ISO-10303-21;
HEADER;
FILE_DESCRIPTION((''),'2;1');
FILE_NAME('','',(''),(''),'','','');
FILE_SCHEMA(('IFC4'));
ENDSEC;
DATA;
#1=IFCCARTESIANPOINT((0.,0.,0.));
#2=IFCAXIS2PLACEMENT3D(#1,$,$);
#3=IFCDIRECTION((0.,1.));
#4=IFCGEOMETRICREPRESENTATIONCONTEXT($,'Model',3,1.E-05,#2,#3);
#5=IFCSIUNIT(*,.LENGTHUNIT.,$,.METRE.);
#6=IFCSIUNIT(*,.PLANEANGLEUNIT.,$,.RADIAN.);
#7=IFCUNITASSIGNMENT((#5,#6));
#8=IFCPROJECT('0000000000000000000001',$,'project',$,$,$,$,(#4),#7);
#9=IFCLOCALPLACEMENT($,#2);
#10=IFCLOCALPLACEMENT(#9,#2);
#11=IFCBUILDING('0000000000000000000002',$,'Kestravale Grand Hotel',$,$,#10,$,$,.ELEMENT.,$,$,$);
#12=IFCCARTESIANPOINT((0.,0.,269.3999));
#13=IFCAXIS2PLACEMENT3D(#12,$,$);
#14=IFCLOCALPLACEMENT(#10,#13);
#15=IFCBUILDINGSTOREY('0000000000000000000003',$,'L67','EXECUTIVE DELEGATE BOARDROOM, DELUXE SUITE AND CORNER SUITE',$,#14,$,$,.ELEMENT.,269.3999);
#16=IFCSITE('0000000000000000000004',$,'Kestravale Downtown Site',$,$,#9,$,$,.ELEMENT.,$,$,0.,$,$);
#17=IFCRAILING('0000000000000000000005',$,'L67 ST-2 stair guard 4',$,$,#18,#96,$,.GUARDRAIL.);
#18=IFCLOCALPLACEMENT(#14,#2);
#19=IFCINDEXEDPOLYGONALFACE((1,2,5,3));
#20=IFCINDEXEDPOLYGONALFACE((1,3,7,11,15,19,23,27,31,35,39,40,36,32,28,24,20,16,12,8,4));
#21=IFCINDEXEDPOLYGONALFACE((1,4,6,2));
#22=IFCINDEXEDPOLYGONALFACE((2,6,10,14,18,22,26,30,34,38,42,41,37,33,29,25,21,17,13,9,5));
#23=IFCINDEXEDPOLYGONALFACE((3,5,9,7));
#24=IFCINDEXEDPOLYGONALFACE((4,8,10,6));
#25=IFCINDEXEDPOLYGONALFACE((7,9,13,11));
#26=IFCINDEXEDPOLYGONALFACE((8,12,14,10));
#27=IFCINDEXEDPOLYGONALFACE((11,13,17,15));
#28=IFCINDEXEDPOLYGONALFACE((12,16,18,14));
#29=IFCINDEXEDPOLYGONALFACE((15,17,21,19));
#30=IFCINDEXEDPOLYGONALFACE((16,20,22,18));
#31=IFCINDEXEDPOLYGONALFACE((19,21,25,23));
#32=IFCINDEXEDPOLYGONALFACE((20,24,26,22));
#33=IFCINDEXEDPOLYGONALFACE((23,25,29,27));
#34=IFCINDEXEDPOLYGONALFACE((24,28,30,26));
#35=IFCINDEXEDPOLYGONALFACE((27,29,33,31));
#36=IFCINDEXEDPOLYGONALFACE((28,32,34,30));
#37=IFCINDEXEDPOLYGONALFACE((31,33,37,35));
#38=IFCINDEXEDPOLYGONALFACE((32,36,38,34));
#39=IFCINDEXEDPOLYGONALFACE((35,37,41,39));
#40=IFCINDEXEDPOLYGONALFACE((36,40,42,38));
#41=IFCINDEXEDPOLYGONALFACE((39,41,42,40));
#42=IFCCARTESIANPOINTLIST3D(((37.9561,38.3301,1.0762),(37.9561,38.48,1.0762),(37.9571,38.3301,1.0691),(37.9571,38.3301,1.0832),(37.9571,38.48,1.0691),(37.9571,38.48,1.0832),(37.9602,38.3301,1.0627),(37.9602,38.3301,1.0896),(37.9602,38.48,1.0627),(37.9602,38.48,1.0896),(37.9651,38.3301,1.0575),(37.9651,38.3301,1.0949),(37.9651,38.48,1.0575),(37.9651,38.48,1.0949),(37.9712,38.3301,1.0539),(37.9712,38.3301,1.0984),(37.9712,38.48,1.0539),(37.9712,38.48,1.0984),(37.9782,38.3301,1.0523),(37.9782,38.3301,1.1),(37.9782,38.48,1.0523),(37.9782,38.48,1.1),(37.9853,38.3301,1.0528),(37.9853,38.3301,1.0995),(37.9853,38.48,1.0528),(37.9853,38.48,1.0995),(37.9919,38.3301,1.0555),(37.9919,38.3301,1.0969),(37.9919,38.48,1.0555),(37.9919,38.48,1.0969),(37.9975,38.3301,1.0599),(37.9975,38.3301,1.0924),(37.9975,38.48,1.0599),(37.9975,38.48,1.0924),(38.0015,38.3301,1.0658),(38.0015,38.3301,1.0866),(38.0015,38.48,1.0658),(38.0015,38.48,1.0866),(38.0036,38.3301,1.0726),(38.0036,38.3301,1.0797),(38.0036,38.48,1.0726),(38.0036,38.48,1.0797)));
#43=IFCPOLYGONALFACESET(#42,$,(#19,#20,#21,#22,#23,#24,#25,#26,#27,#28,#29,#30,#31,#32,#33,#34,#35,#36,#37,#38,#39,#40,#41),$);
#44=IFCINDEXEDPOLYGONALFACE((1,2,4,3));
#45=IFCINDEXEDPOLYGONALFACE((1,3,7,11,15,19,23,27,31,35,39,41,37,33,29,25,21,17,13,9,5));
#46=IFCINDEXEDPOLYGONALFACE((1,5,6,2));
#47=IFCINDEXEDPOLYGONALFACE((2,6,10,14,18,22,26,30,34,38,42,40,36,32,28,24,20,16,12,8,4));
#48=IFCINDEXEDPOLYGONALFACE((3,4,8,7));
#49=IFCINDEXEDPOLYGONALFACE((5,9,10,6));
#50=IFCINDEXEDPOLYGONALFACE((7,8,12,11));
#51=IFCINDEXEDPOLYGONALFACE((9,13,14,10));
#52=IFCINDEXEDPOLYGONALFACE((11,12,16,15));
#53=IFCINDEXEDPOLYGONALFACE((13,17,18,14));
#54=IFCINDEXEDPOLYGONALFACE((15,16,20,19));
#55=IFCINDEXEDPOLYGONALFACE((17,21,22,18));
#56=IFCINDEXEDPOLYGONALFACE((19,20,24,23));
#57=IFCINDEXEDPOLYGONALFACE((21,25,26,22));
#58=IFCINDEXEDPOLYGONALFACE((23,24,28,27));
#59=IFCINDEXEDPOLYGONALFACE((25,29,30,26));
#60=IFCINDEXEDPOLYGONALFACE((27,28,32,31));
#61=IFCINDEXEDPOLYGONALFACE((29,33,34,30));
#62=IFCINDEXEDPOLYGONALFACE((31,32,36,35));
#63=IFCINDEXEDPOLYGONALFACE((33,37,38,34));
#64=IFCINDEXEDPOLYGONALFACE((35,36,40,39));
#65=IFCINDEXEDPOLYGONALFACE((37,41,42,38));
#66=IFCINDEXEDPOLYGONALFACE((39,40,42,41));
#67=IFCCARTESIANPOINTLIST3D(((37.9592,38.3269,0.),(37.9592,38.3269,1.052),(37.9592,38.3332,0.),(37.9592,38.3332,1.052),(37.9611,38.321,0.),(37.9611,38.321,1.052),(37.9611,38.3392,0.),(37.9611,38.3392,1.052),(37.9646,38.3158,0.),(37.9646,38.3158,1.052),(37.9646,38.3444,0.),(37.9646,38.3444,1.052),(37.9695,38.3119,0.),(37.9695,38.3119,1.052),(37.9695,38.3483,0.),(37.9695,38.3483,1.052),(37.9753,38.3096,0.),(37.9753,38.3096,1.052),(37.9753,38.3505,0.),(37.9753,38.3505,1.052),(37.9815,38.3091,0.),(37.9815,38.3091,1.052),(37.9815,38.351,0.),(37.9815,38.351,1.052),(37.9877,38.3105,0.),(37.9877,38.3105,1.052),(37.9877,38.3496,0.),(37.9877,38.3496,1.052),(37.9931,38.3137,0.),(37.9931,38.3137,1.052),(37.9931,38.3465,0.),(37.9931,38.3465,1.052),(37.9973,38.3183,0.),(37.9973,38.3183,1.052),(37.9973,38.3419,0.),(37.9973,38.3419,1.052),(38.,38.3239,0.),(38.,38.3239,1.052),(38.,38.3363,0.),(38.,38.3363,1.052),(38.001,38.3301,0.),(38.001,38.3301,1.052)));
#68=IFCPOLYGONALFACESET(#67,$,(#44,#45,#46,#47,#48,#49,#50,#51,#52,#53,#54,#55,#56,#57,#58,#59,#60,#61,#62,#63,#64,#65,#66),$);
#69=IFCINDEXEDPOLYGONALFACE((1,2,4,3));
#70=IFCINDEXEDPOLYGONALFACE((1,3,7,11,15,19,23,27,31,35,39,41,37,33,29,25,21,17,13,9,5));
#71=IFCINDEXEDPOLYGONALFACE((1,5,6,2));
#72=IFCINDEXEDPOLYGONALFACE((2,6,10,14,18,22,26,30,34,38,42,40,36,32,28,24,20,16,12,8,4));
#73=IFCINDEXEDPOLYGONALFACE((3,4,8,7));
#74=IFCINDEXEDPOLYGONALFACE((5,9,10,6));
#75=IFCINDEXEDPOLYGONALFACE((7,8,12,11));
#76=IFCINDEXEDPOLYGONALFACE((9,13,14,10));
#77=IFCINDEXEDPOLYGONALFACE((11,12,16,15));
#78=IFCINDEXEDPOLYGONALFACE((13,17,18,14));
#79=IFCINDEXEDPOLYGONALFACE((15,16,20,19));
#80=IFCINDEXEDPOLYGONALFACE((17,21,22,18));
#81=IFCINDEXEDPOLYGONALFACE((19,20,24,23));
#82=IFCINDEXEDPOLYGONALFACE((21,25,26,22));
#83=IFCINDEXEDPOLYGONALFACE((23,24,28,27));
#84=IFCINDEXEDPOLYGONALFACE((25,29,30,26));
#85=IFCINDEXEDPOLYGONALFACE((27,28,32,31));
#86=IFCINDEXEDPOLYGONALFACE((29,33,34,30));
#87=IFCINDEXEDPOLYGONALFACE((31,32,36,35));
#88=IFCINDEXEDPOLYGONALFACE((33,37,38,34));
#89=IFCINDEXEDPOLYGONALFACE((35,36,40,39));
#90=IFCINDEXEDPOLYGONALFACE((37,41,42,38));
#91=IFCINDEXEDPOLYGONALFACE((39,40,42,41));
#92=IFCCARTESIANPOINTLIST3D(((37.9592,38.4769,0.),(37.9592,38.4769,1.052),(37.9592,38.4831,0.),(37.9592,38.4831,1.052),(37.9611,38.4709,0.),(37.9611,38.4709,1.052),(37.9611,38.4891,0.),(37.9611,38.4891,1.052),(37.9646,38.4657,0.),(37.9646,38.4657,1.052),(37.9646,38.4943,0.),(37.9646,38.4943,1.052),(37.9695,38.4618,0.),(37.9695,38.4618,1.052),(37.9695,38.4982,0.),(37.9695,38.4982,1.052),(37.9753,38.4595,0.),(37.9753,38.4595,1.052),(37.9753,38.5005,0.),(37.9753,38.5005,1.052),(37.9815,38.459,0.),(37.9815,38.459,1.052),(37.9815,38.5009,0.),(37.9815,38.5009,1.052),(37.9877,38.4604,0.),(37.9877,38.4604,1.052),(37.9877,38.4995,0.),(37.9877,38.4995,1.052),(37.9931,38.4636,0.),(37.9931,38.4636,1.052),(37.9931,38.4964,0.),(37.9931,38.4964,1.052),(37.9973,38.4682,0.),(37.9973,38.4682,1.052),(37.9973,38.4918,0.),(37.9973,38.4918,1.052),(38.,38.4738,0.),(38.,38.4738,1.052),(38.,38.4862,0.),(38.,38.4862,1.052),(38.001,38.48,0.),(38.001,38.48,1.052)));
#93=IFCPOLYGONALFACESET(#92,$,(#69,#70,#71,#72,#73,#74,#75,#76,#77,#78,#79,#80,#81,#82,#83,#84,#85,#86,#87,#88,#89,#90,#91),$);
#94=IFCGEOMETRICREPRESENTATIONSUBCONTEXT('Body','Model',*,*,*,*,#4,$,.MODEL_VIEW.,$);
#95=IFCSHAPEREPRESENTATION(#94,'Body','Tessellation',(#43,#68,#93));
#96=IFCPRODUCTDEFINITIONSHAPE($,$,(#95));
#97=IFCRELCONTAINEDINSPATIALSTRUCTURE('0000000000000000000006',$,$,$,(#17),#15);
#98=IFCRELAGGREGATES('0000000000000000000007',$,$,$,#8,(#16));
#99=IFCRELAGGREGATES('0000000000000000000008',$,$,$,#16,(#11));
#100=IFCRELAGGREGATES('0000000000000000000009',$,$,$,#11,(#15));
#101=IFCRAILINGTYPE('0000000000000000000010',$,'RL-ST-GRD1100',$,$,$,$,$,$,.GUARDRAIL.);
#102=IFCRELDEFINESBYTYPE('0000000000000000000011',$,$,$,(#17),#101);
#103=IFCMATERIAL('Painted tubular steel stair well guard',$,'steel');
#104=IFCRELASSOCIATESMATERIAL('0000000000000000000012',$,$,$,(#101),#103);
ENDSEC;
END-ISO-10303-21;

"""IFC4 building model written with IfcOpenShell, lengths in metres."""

from ifc_helpers import new_model, si_unit, direction, frame, origin, origin_2d, place, context, subcontext, project, spatial, circle, extrude, material, type_object, element, save


model = new_model("IFC4")

# Units and contexts
model_context = context("Model", 3, precision=1e-05, world=origin(), true_north=direction((0.0, 1.0)))
body_context = subcontext(model_context, "Body", "Model", "MODEL_VIEW")
ifc_project = project(units=[si_unit("LENGTHUNIT", "METRE"), si_unit("PLANEANGLEUNIT", "RADIAN")], contexts=[model_context])

# Site, building, storey
site_placement = place(None, origin())
site = spatial("IfcSite", under=ifc_project, at=site_placement, Name="Kestravale Downtown Site", CompositionType="ELEMENT", RefElevation=0.0)
building_placement = place(site_placement, origin())
building = spatial("IfcBuilding", under=site, at=building_placement, Name="Kestravale Grand Hotel", CompositionType="ELEMENT")
storey_placement = place(building_placement, frame((0.0, 0.0, 269.3999)))
storey = spatial("IfcBuildingStorey", under=building, at=storey_placement, Name="L67", Description="EXECUTIVE DELEGATE BOARDROOM, DELUXE SUITE AND CORNER SUITE", CompositionType="ELEMENT", Elevation=269.3999)

# Railing
ifc_material_1 = material(Name="Painted tubular steel stair well guard", Category="steel")
railing_type_1 = type_object("IfcRailingType", Name="RL-ST-GRD1100", PredefinedType="GUARDRAIL", material=ifc_material_1)
railing_1_placement = place(storey_placement, frame((37.98, 38.3301, 0.0)))
element("IfcRailing", 1, at=railing_1_placement, inside=storey, type_object=railing_type_1, Name="L67 ST-2 stair guard 4", PredefinedType="GUARDRAIL", context=body_context, shape_type="SweptSolid", body=[
    extrude(circle(Radius=0.0239, at=origin_2d()), frame((0.0, 0.0, 1.0762), z_axis=(0.0, 1.0, 0.0), x_axis=(-1.0, 0.0, 0.0)), (0.0, 0.0, 1.0), 0.1499),
    extrude(circle(Radius=0.021, at=origin_2d()), origin(), (0.0, 0.0, 1.0), 1.052),
    extrude(circle(Radius=0.021, at=origin_2d()), frame((0.0, 0.1499, 0.0)), (0.0, 0.0, 1.0), 1.052),
])

save(model, "model.ifc")
